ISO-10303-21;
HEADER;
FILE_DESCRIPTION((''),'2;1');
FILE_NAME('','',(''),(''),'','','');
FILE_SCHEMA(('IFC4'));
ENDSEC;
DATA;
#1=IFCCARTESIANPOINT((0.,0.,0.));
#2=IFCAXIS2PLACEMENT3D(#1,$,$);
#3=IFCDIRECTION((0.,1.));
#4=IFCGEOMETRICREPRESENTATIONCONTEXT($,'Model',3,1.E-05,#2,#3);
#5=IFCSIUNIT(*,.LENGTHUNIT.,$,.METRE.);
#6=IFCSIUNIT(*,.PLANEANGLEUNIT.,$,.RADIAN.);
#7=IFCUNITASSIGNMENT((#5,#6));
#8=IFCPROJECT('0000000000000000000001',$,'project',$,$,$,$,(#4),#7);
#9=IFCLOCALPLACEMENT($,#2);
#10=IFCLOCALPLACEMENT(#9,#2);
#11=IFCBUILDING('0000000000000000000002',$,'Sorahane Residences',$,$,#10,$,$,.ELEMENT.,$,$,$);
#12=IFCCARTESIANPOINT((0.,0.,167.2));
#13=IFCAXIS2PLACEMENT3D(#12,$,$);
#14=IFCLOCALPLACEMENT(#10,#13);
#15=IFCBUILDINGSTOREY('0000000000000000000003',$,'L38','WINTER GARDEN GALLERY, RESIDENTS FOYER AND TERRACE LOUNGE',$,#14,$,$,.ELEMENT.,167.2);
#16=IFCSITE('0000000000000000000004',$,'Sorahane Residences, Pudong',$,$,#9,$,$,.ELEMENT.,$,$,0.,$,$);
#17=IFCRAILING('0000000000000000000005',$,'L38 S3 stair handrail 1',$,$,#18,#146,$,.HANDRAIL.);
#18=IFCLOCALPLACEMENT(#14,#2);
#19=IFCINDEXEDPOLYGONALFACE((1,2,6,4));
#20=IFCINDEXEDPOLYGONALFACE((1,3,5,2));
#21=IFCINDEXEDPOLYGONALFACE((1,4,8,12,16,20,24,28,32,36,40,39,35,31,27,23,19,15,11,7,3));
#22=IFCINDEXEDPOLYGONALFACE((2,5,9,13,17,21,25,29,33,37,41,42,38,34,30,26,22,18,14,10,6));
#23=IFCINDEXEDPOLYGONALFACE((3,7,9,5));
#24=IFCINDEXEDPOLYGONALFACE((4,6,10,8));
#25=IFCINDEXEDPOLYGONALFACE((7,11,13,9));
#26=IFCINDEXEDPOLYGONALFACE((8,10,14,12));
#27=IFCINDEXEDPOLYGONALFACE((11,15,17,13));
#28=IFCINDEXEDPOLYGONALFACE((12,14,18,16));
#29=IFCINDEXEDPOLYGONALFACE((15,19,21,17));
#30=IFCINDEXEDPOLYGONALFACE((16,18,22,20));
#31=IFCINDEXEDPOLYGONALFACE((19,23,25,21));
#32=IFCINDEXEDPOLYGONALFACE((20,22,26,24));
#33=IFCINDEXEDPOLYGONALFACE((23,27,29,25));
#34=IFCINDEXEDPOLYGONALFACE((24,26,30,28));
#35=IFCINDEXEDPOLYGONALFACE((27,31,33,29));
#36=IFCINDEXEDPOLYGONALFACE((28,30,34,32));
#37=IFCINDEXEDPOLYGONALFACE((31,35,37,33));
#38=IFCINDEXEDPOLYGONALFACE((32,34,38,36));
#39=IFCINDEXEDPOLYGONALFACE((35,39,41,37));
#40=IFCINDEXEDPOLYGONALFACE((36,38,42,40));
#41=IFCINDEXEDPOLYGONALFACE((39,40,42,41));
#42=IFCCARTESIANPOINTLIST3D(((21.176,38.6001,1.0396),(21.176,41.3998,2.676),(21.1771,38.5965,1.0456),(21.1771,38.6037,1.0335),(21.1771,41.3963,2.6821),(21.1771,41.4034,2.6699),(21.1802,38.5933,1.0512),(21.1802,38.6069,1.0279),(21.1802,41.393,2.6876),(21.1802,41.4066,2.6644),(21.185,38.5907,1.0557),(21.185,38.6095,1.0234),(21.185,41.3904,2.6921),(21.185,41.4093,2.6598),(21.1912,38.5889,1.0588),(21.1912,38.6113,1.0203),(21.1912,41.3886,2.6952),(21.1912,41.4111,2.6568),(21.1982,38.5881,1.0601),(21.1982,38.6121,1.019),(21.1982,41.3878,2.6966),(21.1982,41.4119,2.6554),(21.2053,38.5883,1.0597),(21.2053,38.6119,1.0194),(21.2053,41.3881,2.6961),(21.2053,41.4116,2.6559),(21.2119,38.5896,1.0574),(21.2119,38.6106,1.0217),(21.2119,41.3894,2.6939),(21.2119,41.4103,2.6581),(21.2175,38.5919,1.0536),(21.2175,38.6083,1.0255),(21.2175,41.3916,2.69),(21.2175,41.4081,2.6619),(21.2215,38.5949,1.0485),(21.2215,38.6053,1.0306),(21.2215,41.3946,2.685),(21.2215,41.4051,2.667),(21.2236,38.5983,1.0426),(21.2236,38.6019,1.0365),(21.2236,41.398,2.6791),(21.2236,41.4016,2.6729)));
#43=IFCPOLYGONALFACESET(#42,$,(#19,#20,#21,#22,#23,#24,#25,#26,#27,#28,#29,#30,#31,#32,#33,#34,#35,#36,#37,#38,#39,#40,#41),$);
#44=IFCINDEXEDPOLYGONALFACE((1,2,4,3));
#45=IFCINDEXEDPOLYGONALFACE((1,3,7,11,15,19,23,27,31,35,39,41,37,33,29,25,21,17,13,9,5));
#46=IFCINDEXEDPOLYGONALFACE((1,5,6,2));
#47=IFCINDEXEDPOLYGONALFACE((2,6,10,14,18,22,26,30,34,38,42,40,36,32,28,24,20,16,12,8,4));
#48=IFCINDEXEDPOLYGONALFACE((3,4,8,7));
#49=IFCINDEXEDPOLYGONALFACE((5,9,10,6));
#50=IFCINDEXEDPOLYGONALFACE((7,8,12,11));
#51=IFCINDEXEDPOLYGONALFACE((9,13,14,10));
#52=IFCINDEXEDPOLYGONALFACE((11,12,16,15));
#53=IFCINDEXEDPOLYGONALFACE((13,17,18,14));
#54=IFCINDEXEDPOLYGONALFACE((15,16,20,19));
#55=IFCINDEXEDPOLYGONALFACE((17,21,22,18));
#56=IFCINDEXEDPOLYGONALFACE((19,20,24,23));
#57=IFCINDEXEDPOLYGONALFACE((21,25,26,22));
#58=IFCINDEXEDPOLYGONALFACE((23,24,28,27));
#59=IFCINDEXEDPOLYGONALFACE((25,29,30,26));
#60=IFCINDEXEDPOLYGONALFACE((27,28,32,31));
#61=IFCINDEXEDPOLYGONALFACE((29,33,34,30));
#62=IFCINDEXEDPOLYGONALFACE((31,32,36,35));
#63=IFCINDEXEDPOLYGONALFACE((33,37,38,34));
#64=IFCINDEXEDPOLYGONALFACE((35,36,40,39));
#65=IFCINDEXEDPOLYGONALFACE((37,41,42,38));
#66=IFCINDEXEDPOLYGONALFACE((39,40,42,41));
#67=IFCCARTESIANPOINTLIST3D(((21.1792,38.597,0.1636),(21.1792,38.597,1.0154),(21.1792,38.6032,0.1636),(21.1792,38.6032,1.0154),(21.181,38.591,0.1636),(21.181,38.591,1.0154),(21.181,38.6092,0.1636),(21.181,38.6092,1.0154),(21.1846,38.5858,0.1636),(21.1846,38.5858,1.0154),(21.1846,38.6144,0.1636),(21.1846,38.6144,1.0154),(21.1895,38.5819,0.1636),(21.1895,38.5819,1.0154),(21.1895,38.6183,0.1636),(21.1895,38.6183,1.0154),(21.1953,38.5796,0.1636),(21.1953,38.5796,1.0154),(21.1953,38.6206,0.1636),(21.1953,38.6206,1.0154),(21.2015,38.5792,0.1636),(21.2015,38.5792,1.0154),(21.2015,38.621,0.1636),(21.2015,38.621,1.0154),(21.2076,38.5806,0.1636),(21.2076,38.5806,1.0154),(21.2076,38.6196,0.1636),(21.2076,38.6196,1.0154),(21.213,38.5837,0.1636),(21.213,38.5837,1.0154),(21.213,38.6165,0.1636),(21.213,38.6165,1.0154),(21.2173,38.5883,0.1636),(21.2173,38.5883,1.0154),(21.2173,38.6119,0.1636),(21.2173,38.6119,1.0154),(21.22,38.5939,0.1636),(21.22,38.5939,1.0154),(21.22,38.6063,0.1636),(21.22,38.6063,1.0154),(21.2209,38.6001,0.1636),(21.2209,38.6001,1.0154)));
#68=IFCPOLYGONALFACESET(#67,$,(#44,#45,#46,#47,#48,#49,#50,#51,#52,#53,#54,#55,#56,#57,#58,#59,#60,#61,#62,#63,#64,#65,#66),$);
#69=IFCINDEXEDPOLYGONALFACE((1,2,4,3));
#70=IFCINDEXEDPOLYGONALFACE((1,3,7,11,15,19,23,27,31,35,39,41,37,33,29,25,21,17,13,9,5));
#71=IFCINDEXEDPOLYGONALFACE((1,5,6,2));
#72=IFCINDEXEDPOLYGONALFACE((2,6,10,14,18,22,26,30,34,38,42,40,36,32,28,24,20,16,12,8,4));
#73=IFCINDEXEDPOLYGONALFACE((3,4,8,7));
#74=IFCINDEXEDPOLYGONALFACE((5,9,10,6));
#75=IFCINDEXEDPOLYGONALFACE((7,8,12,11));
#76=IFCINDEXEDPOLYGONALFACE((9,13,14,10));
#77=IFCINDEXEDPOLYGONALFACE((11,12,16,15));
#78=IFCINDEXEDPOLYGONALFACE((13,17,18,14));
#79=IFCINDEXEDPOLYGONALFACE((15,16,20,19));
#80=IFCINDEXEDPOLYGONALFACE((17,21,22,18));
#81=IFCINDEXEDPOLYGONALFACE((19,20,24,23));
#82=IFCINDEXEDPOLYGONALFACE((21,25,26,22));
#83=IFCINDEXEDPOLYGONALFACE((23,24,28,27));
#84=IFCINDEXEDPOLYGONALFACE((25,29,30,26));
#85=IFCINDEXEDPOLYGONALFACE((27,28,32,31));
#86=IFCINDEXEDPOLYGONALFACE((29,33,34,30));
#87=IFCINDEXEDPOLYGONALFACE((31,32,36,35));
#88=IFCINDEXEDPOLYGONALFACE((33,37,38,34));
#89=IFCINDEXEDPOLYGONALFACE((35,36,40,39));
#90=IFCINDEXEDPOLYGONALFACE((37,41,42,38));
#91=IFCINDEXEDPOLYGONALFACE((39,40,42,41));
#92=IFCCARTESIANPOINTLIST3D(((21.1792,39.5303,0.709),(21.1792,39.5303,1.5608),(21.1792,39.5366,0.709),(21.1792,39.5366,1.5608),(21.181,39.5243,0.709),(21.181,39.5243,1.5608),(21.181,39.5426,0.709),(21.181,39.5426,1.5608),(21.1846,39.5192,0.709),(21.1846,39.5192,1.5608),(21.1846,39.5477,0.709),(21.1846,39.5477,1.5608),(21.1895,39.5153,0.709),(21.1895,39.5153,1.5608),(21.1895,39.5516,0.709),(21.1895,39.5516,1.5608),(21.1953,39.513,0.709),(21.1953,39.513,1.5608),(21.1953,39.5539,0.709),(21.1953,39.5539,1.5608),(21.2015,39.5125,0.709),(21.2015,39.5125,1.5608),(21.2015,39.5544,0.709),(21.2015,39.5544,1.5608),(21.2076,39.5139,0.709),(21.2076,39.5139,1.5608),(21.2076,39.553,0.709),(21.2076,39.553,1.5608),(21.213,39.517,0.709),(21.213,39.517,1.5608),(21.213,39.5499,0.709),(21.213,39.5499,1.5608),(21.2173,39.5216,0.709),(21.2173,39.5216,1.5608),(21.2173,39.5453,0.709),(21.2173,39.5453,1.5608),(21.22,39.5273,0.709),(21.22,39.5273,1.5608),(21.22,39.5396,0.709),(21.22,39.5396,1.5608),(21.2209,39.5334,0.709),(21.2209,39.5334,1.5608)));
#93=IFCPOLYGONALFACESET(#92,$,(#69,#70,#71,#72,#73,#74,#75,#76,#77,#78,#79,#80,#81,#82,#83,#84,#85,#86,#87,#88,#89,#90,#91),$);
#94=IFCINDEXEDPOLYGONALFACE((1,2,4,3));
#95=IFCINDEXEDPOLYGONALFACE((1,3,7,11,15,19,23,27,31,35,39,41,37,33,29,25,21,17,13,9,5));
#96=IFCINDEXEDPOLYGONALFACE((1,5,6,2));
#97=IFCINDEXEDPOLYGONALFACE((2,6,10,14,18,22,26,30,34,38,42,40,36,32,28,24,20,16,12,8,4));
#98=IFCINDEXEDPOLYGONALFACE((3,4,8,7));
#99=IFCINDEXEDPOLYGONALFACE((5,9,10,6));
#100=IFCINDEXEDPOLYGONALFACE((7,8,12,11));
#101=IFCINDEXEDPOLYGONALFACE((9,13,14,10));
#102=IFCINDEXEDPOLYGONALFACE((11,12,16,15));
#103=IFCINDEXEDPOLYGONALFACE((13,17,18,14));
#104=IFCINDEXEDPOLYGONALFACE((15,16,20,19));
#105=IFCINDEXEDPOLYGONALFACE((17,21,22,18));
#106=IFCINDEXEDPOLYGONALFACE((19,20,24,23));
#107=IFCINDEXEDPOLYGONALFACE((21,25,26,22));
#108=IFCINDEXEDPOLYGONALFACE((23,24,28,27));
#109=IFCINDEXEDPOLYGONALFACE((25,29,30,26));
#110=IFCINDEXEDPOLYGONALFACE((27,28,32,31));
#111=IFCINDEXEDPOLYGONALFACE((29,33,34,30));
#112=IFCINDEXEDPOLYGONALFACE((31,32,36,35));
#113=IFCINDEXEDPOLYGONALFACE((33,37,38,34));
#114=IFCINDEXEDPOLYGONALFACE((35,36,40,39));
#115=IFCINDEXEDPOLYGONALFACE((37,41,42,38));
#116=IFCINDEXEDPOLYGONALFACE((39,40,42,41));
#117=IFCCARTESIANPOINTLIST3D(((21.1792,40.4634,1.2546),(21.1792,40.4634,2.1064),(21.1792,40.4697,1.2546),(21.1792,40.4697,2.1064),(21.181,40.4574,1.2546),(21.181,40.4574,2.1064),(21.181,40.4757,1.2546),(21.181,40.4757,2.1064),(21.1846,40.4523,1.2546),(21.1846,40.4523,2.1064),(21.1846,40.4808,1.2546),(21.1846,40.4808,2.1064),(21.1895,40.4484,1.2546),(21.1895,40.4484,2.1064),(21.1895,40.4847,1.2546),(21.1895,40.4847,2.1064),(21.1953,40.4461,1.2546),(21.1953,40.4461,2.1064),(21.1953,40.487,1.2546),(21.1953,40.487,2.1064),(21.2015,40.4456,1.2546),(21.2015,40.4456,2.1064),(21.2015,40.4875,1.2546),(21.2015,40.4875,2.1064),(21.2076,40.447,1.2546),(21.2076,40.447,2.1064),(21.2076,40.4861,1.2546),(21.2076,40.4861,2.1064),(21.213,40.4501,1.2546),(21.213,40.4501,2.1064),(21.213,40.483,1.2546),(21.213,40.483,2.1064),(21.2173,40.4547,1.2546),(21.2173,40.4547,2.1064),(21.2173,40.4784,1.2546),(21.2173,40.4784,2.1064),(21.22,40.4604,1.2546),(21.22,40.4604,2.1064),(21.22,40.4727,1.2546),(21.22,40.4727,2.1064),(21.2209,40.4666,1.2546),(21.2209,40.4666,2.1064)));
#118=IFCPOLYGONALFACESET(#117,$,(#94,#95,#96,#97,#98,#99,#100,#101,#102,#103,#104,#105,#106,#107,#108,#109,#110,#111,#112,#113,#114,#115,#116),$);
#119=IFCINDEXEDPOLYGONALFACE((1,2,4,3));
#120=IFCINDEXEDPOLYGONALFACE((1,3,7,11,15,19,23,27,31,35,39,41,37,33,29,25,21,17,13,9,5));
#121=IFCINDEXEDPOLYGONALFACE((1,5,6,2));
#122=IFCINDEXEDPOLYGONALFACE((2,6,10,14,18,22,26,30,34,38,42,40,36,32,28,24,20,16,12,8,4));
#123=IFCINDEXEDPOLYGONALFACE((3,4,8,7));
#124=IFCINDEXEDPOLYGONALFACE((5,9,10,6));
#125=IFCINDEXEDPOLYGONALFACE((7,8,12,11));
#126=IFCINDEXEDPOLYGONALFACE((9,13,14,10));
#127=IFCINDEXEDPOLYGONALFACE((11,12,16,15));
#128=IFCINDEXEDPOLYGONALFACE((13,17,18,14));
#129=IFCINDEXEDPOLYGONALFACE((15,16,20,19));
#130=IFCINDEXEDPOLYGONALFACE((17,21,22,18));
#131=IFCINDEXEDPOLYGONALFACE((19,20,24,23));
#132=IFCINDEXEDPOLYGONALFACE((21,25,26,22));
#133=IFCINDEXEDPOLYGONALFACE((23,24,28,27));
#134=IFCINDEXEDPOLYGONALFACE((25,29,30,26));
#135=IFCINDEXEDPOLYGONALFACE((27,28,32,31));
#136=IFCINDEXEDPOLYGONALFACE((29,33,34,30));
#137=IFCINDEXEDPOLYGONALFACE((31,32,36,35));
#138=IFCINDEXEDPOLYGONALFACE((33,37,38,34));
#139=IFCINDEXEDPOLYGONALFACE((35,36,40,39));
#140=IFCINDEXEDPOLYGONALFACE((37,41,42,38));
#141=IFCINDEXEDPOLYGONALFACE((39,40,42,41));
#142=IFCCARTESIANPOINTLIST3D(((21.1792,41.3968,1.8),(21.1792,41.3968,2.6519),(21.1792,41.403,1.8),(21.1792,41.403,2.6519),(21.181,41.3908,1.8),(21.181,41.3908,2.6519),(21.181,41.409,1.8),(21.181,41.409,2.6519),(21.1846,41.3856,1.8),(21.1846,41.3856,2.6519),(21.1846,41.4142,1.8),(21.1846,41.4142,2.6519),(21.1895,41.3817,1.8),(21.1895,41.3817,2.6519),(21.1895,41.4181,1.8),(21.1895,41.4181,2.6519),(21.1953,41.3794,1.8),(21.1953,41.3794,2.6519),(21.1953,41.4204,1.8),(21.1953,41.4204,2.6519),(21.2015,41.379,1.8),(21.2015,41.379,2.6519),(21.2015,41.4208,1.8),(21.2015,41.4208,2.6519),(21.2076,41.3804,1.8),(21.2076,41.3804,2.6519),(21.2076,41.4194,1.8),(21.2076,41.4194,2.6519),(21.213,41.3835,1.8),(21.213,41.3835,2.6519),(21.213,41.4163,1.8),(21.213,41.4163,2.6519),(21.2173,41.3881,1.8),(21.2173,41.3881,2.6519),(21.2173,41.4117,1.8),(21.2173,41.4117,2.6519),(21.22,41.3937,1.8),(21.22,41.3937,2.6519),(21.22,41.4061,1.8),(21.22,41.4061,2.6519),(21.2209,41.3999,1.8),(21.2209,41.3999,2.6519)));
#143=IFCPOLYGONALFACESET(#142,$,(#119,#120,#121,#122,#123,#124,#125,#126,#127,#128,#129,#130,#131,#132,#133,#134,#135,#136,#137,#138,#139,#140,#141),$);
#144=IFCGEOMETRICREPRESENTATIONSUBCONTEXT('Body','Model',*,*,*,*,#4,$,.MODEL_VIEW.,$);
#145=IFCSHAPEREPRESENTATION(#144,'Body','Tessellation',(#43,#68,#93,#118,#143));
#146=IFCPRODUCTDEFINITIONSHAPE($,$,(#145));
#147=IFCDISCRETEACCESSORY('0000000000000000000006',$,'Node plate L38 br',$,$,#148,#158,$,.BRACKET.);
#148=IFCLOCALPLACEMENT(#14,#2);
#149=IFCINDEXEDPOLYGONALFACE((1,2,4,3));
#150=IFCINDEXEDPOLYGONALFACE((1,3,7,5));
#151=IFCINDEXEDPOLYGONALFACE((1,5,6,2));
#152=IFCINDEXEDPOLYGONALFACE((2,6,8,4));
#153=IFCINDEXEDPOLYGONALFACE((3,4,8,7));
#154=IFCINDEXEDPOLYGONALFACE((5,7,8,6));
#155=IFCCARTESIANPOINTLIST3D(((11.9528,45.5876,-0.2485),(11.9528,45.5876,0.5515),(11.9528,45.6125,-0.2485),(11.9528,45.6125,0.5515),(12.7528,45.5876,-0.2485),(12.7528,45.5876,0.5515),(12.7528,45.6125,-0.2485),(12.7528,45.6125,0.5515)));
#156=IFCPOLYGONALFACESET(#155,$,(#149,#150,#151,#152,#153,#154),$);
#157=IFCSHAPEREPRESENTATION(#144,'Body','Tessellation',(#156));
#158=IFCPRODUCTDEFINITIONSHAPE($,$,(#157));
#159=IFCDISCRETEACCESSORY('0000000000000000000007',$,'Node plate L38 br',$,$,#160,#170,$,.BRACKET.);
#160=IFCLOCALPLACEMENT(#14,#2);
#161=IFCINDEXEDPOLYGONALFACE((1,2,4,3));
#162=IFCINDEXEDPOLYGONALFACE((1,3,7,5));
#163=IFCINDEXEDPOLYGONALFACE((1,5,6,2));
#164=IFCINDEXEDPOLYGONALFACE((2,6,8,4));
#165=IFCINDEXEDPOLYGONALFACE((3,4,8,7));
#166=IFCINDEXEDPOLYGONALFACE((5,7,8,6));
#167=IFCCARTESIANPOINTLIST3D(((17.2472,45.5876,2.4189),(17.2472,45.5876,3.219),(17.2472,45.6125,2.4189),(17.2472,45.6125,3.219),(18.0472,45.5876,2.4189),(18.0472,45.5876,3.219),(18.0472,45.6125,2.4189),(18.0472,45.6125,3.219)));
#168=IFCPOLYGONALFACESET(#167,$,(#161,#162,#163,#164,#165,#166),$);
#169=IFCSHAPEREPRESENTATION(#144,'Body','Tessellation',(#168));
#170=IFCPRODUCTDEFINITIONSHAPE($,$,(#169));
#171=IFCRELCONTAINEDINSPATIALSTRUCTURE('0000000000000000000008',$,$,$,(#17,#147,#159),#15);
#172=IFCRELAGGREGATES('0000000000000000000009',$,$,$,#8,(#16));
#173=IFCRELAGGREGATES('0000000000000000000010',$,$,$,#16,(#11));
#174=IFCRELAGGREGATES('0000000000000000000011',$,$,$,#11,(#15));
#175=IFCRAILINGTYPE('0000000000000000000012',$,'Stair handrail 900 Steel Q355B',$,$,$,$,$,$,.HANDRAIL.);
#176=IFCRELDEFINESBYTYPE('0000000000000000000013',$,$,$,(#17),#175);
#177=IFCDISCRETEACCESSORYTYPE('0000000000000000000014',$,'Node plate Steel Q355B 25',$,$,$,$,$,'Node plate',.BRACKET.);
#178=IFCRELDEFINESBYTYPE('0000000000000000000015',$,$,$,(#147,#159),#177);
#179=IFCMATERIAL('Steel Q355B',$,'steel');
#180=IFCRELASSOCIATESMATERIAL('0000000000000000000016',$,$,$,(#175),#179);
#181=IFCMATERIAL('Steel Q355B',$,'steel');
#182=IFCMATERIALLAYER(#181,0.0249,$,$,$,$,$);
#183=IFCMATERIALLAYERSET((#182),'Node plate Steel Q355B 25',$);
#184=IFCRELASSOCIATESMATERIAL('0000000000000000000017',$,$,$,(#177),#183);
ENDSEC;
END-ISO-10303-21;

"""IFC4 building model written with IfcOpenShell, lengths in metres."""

from ifc_helpers import new_model, si_unit, direction, frame, origin, origin_2d, place, context, subcontext, project, spatial, rectangle, circle, extrude, material, layer, layer_set, type_object, element, save


model = new_model("IFC4")

# Units and contexts
model_context = context("Model", 3, precision=1e-05, world=origin(), true_north=direction((0.0, 1.0)))
body_context = subcontext(model_context, "Body", "Model", "MODEL_VIEW")
ifc_project = project(units=[si_unit("LENGTHUNIT", "METRE"), si_unit("PLANEANGLEUNIT", "RADIAN")], contexts=[model_context])

# Site, building, storey
site_placement = place(None, origin())
site = spatial("IfcSite", under=ifc_project, at=site_placement, Name="Sorahane Residences, Pudong", CompositionType="ELEMENT", RefElevation=0.0)
building_placement = place(site_placement, origin())
building = spatial("IfcBuilding", under=site, at=building_placement, Name="Sorahane Residences", CompositionType="ELEMENT")
storey_placement = place(building_placement, frame((0.0, 0.0, 167.2)))
storey = spatial("IfcBuildingStorey", under=building, at=storey_placement, Name="L38", Description="WINTER GARDEN GALLERY, RESIDENTS FOYER AND TERRACE LOUNGE", CompositionType="ELEMENT", Elevation=167.2)

# Railing
ifc_material_1 = material(Name="Steel Q355B", Category="steel")
railing_type = type_object("IfcRailingType", Name="Stair handrail 900 Steel Q355B", PredefinedType="HANDRAIL", material=ifc_material_1)
railing_placement = place(storey_placement, frame((21.2, 38.6001, 0.1636)))
element("IfcRailing", 1, at=railing_placement, inside=storey, type_object=railing_type, Name="L38 S3 stair handrail 1", PredefinedType="HANDRAIL", context=body_context, shape_type="SweptSolid", body=[
    extrude(circle(Radius=0.0239, at=origin_2d()), frame((0.0, 0.0, 0.876), z_axis=(0.0, 0.863342, 0.50462), x_axis=(-1.0, 0.0, 0.0)), (0.0, 0.0, 1.0), 3.2429),
    extrude(circle(Radius=0.021, at=origin_2d()), origin(), (0.0, 0.0, 1.0), 0.8518),
    extrude(circle(Radius=0.021, at=origin_2d()), frame((0.0, 0.9333, 0.5454)), (0.0, 0.0, 1.0), 0.8518),
    extrude(circle(Radius=0.021, at=origin_2d()), frame((0.0, 1.8665, 1.0911)), (0.0, 0.0, 1.0), 0.8518),
    extrude(circle(Radius=0.021, at=origin_2d()), frame((0.0, 2.7998, 1.6365)), (0.0, 0.0, 1.0), 0.8518),
])

# Discrete accessories
ifc_material_2 = material(Name="Steel Q355B", Category="steel")
ifc_layer_1 = layer(ifc_material_2, 0.0249)
ifc_layer_set_1 = layer_set([ifc_layer_1], Name="Node plate Steel Q355B 25")
discrete_accessory_type = type_object("IfcDiscreteAccessoryType", Name="Node plate Steel Q355B 25", ElementType="Node plate", PredefinedType="BRACKET", material=ifc_layer_set_1)
for number, where, z_axis, x_axis, name in (
    (2, (12.3528, 45.6001, -0.2485), (0.0, 0.0, 1.0), (1.0, 0.0, 0.0), "Node plate L38 br"),
    (3, (17.6472, 45.6001, 2.4189), (0.0, 0.0, 1.0), (1.0, 0.0, 0.0), "Node plate L38 br"),
):
    element("IfcDiscreteAccessory", number, at=place(storey_placement, frame(where, z_axis=z_axis, x_axis=x_axis)), inside=storey, type_object=discrete_accessory_type, Name=name, PredefinedType="BRACKET", context=body_context, shape_type="SweptSolid", body=[
        extrude(rectangle(XDim=0.8, YDim=0.0249, at=origin_2d()), origin(), (0.0, 0.0, 1.0), 0.8),
    ])

save(model, "model.ifc")
